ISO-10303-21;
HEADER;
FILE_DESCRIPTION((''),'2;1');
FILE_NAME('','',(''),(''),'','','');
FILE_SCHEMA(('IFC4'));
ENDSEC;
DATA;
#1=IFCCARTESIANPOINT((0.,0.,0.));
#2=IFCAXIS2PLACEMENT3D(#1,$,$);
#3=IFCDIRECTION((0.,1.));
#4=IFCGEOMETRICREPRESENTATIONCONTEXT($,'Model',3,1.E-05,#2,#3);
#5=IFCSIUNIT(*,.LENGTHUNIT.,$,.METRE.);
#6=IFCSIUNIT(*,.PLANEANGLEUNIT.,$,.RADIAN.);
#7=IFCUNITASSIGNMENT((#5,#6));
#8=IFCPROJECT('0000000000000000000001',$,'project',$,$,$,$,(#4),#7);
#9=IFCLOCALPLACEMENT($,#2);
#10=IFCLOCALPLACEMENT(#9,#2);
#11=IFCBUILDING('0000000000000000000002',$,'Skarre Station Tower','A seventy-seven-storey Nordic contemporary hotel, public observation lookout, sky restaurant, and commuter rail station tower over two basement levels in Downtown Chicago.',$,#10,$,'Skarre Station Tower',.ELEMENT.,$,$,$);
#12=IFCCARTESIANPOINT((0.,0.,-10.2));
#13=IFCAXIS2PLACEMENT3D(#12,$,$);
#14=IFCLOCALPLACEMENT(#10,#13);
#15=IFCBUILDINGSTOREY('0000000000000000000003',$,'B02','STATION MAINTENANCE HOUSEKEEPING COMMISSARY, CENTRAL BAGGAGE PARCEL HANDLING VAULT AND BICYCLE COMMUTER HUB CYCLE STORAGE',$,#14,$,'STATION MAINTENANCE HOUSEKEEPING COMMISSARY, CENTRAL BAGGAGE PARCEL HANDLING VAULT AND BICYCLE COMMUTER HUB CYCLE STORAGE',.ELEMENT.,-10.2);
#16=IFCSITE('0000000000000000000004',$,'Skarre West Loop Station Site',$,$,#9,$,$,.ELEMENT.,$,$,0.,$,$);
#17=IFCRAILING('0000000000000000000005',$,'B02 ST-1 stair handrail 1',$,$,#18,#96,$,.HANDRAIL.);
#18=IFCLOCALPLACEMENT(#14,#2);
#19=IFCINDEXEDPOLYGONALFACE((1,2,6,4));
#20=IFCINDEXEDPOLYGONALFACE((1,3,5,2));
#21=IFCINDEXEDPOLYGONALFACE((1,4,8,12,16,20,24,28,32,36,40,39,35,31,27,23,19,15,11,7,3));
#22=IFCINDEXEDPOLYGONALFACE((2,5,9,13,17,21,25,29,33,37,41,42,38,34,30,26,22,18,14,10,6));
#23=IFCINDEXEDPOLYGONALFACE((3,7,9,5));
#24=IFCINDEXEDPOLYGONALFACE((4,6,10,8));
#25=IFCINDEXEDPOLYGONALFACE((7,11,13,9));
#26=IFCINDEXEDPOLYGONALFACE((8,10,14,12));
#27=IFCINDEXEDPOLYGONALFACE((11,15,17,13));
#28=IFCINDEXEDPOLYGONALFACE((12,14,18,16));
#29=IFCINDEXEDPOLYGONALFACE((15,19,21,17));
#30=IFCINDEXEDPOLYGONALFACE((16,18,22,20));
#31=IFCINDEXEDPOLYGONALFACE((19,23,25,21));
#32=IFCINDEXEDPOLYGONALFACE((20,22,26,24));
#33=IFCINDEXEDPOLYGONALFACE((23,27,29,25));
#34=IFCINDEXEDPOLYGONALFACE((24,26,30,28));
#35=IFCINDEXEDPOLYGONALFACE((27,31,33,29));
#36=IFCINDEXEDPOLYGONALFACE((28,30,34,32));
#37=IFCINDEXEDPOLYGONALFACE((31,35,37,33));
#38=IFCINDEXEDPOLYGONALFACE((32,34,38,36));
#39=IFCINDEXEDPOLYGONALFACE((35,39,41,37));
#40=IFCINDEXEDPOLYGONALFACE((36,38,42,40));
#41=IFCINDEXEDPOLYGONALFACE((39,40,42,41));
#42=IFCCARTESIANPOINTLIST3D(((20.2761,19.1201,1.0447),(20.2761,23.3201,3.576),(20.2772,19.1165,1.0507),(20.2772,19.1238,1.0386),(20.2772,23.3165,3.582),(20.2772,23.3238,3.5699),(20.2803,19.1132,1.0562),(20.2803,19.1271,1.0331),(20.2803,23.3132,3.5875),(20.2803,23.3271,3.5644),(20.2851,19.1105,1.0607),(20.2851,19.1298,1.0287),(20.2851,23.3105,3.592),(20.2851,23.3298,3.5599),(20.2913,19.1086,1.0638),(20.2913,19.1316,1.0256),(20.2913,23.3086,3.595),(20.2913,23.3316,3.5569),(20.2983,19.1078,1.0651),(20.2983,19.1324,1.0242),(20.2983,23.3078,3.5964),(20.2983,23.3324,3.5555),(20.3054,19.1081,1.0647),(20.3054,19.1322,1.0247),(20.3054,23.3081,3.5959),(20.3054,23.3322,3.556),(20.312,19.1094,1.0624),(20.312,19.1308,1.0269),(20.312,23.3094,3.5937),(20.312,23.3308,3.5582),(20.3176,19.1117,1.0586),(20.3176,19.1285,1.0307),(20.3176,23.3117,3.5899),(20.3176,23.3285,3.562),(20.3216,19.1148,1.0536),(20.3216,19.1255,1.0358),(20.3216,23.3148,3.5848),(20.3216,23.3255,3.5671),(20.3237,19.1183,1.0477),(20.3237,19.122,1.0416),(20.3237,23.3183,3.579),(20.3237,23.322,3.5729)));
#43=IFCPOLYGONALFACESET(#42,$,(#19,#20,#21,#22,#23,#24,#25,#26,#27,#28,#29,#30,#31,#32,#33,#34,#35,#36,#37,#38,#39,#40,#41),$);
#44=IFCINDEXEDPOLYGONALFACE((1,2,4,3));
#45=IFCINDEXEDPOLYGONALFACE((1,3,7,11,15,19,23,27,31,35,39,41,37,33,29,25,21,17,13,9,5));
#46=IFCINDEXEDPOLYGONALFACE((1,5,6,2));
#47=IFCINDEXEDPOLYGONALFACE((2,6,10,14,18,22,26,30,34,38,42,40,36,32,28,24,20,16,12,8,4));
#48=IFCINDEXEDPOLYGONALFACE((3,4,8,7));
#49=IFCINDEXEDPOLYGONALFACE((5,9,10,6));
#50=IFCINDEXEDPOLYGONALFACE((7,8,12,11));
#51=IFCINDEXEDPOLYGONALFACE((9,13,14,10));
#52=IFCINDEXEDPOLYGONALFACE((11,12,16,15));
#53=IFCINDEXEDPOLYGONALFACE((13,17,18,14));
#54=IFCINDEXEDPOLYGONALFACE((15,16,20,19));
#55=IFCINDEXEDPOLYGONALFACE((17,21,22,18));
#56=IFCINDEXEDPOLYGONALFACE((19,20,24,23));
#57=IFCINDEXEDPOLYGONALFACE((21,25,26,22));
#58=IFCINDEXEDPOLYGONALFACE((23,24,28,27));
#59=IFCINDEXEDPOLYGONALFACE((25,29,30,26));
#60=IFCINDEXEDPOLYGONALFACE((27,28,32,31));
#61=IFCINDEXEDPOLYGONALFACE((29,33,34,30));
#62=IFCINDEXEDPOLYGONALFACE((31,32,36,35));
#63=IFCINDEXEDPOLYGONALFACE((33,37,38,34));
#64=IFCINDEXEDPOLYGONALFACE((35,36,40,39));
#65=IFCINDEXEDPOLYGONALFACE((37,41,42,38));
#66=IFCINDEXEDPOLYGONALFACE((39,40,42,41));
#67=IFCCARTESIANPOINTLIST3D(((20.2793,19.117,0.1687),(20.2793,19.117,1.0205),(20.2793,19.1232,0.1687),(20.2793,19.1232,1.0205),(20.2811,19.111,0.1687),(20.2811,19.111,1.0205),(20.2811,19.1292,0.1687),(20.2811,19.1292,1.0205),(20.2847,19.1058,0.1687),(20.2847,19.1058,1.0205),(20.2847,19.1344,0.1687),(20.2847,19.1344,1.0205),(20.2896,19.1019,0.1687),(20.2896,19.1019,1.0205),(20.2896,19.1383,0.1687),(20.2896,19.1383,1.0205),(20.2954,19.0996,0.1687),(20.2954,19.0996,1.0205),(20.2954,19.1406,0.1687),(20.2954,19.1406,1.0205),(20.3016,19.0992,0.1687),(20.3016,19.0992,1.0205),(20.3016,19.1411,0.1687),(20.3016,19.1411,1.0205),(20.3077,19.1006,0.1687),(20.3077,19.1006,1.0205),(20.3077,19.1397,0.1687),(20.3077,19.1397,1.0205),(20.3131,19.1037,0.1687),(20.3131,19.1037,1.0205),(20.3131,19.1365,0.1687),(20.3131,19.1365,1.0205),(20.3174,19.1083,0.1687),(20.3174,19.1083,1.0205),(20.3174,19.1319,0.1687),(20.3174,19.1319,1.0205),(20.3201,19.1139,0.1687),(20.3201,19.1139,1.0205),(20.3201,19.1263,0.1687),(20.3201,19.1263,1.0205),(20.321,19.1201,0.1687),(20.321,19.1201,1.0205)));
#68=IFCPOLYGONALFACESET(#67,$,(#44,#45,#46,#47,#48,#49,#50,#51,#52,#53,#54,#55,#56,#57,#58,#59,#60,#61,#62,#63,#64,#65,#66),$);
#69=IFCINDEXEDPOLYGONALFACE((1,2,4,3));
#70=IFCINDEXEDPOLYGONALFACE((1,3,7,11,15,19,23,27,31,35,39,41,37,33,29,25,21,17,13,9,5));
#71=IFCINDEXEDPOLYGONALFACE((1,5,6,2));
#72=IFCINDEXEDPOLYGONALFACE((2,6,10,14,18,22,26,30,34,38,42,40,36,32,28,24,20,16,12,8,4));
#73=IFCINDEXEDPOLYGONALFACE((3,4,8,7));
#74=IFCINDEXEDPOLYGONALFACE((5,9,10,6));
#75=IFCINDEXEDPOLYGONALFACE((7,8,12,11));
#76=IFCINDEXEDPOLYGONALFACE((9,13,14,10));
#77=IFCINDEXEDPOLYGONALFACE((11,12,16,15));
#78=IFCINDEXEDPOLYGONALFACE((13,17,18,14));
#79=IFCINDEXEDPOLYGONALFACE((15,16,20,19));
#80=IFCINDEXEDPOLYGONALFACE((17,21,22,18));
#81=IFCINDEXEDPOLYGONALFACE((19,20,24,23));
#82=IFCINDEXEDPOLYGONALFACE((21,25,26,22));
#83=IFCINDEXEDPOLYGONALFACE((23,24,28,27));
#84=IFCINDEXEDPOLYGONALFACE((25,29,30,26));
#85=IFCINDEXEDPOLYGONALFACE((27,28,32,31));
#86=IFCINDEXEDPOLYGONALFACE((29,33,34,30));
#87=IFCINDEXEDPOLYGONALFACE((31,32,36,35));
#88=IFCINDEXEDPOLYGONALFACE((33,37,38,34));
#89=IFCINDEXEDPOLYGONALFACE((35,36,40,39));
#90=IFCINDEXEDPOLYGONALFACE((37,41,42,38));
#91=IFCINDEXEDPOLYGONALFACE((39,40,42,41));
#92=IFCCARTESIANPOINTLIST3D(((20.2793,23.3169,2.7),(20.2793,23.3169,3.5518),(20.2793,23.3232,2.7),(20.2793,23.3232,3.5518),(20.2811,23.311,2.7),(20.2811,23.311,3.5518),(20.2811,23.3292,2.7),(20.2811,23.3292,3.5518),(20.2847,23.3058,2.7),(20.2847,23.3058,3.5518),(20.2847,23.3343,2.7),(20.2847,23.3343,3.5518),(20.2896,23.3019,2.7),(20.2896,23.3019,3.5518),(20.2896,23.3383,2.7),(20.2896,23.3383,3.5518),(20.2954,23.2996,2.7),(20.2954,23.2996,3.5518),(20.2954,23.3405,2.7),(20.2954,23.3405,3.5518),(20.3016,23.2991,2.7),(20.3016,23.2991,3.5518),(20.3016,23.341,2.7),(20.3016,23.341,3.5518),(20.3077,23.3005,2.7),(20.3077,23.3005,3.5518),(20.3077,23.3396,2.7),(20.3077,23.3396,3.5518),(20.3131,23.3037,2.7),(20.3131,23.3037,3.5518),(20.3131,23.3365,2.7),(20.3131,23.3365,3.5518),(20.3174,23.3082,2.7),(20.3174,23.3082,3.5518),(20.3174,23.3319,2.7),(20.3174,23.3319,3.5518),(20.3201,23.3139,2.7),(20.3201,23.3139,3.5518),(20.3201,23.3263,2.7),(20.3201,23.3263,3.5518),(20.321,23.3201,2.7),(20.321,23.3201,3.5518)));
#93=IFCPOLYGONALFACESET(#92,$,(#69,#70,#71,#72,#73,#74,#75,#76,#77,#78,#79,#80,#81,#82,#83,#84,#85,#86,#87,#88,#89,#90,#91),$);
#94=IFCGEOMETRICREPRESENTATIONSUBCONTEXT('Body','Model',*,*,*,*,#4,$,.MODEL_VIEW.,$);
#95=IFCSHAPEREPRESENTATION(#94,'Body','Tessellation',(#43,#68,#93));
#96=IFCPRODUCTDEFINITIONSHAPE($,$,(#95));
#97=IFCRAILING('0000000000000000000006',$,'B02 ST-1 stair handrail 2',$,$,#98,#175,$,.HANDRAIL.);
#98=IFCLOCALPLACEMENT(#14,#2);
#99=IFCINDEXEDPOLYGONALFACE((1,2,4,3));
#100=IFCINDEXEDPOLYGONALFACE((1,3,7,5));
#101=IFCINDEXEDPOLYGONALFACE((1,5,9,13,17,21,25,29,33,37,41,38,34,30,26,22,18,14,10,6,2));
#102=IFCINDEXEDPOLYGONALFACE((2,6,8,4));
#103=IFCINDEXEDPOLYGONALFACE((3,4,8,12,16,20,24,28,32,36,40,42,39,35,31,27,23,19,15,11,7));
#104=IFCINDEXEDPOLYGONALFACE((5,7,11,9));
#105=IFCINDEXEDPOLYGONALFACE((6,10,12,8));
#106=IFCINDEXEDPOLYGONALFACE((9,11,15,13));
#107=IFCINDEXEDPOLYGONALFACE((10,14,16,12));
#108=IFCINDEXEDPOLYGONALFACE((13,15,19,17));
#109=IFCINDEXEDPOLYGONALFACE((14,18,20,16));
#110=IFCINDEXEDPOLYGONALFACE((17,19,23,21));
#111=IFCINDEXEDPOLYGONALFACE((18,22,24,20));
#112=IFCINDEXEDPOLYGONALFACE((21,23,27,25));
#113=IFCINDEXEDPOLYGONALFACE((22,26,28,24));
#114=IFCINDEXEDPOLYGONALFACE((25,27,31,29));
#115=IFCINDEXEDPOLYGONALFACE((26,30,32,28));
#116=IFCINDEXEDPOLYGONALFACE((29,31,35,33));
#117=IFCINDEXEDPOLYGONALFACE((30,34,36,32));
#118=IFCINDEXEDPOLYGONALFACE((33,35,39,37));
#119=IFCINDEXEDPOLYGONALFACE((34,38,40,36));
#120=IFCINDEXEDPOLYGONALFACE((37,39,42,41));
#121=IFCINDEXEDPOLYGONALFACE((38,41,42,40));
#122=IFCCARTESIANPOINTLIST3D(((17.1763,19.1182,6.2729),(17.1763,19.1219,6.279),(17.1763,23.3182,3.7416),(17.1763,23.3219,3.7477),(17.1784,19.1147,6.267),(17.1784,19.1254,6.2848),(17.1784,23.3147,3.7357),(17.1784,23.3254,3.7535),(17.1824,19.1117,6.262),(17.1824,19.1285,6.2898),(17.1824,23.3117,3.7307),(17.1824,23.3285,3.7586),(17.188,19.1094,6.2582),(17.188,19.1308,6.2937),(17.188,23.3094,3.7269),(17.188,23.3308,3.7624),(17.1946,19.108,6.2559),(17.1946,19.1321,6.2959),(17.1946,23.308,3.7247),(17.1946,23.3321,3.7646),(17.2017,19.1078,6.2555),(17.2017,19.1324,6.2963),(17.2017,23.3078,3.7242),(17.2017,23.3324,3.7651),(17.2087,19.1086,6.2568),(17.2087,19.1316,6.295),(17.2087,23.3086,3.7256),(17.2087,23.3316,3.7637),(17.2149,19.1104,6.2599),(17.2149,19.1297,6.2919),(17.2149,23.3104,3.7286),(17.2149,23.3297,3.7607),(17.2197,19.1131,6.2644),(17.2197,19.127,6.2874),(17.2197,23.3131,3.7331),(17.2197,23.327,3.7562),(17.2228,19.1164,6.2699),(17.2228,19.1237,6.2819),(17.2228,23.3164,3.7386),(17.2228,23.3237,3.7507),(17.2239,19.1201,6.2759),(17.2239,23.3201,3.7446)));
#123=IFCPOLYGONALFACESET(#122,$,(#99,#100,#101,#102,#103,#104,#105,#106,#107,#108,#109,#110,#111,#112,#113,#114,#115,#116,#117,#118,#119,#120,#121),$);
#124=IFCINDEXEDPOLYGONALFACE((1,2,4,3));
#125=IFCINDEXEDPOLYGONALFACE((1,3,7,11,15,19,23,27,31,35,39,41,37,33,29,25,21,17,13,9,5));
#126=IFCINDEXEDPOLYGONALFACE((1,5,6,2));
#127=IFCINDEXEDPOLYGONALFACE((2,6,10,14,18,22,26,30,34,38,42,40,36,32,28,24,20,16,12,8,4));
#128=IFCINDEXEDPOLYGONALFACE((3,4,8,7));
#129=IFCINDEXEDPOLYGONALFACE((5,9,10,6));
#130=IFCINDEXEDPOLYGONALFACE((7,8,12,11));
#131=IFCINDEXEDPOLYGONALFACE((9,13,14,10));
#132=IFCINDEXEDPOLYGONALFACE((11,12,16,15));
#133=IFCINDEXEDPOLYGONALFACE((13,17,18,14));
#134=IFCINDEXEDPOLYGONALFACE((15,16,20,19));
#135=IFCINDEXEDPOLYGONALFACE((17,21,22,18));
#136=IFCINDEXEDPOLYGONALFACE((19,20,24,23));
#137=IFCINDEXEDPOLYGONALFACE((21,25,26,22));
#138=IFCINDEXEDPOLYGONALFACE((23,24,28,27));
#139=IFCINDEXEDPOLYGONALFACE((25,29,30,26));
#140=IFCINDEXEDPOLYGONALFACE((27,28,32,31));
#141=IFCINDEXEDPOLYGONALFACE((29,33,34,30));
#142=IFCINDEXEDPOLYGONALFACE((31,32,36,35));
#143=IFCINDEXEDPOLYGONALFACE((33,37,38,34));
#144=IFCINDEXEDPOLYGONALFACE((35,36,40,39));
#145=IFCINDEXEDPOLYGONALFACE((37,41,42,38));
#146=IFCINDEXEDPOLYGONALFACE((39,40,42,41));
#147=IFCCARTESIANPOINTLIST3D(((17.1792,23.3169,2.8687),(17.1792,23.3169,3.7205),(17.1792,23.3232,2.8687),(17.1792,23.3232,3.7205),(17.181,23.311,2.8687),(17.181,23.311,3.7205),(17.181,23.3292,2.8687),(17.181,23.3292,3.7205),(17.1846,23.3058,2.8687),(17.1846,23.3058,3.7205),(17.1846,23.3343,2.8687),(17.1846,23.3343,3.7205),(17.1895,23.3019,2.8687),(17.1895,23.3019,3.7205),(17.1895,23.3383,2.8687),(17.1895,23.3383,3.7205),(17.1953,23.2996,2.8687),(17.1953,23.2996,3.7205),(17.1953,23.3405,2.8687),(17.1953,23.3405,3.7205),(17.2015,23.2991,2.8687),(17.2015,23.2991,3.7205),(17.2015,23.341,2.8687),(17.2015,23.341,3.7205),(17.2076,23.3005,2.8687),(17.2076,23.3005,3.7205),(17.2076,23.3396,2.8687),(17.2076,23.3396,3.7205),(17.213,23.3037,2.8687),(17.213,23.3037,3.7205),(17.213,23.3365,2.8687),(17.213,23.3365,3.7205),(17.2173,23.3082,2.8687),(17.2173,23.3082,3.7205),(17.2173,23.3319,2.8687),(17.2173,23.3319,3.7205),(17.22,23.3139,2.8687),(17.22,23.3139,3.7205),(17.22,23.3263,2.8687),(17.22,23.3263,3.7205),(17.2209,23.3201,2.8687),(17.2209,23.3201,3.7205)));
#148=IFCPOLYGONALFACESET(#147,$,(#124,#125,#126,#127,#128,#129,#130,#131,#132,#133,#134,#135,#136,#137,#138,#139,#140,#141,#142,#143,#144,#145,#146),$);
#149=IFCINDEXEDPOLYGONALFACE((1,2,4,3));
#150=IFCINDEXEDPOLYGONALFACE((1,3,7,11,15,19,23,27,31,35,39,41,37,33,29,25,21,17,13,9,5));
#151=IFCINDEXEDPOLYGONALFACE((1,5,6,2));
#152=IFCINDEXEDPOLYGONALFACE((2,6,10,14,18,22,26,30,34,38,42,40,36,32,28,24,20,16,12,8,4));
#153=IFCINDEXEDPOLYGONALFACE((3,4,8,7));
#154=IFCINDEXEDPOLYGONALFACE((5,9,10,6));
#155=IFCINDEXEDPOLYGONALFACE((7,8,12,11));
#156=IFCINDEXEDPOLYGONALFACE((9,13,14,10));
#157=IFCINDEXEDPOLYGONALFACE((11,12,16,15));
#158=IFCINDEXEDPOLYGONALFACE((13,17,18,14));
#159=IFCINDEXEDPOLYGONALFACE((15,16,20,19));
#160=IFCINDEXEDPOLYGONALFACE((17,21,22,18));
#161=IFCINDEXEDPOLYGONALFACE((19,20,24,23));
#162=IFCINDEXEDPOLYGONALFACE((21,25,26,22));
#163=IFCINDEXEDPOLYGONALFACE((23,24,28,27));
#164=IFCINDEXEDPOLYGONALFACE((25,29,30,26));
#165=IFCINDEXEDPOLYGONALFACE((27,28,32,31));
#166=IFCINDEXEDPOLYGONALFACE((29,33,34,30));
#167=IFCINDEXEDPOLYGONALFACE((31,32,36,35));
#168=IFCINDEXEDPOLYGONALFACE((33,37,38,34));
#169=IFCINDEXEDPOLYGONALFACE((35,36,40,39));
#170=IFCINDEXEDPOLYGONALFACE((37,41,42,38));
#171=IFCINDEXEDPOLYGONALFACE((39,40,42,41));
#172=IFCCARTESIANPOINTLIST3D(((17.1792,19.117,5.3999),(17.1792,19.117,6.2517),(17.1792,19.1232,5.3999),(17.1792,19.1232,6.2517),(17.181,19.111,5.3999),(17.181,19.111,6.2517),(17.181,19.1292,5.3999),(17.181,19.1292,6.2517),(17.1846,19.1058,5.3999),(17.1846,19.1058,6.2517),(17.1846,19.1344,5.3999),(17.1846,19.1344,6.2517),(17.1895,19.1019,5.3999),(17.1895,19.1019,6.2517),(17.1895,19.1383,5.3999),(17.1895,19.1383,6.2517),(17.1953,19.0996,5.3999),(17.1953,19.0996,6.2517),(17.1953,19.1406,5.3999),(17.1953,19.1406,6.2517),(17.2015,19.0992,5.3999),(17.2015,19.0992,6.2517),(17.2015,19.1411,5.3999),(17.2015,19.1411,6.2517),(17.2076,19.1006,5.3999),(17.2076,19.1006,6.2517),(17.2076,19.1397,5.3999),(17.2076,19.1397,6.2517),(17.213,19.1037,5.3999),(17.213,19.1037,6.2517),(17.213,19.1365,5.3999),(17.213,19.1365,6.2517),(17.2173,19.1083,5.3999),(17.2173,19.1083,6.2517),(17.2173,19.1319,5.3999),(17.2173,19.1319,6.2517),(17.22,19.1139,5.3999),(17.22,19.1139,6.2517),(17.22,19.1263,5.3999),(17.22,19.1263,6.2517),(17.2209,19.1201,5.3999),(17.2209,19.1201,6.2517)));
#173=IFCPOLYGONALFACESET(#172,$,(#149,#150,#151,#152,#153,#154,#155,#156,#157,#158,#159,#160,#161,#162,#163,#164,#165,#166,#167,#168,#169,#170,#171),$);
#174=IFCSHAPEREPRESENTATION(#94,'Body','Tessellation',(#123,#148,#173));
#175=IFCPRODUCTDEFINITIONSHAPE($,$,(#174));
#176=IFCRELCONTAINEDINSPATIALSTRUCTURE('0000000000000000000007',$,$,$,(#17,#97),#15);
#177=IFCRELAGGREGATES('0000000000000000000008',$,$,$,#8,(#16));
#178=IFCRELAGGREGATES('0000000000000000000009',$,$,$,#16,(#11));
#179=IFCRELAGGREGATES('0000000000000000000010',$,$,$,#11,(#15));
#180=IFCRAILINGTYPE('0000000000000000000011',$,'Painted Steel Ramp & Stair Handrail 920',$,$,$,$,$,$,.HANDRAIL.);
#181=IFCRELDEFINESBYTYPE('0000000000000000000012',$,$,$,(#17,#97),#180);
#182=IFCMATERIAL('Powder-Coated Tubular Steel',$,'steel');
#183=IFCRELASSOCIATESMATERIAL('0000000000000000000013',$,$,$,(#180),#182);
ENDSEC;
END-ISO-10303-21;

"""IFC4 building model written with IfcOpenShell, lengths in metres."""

from ifc_helpers import new_model, si_unit, direction, frame, origin, origin_2d, place, context, subcontext, project, spatial, circle, extrude, material, type_object, element, save


model = new_model("IFC4")

# Units and contexts
model_context = context("Model", 3, precision=1e-05, world=origin(), true_north=direction((0.0, 1.0)))
body_context = subcontext(model_context, "Body", "Model", "MODEL_VIEW")
ifc_project = project(units=[si_unit("LENGTHUNIT", "METRE"), si_unit("PLANEANGLEUNIT", "RADIAN")], contexts=[model_context])

# Site, building, storey
site_placement = place(None, origin())
site = spatial("IfcSite", under=ifc_project, at=site_placement, Name="Skarre West Loop Station Site", CompositionType="ELEMENT", RefElevation=0.0)
building_placement = place(site_placement, origin())
building = spatial("IfcBuilding", under=site, at=building_placement, Name="Skarre Station Tower", Description="A seventy-seven-storey Nordic contemporary hotel, public observation lookout, sky restaurant, and commuter rail station tower over two basement levels in Downtown Chicago.", LongName="Skarre Station Tower", CompositionType="ELEMENT")
storey_placement = place(building_placement, frame((0.0, 0.0, -10.2)))
storey = spatial("IfcBuildingStorey", under=building, at=storey_placement, Name="B02", Description="STATION MAINTENANCE HOUSEKEEPING COMMISSARY, CENTRAL BAGGAGE PARCEL HANDLING VAULT AND BICYCLE COMMUTER HUB CYCLE STORAGE", LongName="STATION MAINTENANCE HOUSEKEEPING COMMISSARY, CENTRAL BAGGAGE PARCEL HANDLING VAULT AND BICYCLE COMMUTER HUB CYCLE STORAGE", CompositionType="ELEMENT", Elevation=-10.2)

# Railings
ifc_material_1 = material(Name="Powder-Coated Tubular Steel", Category="steel")
railing_type_1 = type_object("IfcRailingType", Name="Painted Steel Ramp & Stair Handrail 920", PredefinedType="HANDRAIL", material=ifc_material_1)
railing_1_placement = place(storey_placement, frame((20.3, 19.1201, 0.1687)))
element("IfcRailing", 1, at=railing_1_placement, inside=storey, type_object=railing_type_1, Name="B02 ST-1 stair handrail 1", PredefinedType="HANDRAIL", context=body_context, shape_type="SweptSolid", body=[
    extrude(circle(Radius=0.0239, at=origin_2d()), frame((0.0, 0.0, 0.876), z_axis=(0.0, 0.856476, 0.516186), x_axis=(-1.0, 0.0, 0.0)), (0.0, 0.0, 1.0), 4.9038),
    extrude(circle(Radius=0.021, at=origin_2d()), origin(), (0.0, 0.0, 1.0), 0.8518),
    extrude(circle(Radius=0.021, at=origin_2d()), frame((0.0, 4.2, 2.5312)), (0.0, 0.0, 1.0), 0.8518),
])
railing_2_placement = place(storey_placement, frame((17.2, 23.3201, 2.8687)))
element("IfcRailing", 2, at=railing_2_placement, inside=storey, type_object=railing_type_1, Name="B02 ST-1 stair handrail 2", PredefinedType="HANDRAIL", context=body_context, shape_type="SweptSolid", body=[
    extrude(circle(Radius=0.0239, at=origin_2d()), frame((0.0, 0.0, 0.876), z_axis=(0.0, -0.856476, 0.516186), x_axis=(1.0, 0.0, 0.0)), (0.0, 0.0, 1.0), 4.9038),
    extrude(circle(Radius=0.021, at=origin_2d()), origin(), (0.0, 0.0, 1.0), 0.8518),
    extrude(circle(Radius=0.021, at=origin_2d()), frame((0.0, -4.2, 2.5312)), (0.0, 0.0, 1.0), 0.8518),
])

save(model, "model.ifc")
